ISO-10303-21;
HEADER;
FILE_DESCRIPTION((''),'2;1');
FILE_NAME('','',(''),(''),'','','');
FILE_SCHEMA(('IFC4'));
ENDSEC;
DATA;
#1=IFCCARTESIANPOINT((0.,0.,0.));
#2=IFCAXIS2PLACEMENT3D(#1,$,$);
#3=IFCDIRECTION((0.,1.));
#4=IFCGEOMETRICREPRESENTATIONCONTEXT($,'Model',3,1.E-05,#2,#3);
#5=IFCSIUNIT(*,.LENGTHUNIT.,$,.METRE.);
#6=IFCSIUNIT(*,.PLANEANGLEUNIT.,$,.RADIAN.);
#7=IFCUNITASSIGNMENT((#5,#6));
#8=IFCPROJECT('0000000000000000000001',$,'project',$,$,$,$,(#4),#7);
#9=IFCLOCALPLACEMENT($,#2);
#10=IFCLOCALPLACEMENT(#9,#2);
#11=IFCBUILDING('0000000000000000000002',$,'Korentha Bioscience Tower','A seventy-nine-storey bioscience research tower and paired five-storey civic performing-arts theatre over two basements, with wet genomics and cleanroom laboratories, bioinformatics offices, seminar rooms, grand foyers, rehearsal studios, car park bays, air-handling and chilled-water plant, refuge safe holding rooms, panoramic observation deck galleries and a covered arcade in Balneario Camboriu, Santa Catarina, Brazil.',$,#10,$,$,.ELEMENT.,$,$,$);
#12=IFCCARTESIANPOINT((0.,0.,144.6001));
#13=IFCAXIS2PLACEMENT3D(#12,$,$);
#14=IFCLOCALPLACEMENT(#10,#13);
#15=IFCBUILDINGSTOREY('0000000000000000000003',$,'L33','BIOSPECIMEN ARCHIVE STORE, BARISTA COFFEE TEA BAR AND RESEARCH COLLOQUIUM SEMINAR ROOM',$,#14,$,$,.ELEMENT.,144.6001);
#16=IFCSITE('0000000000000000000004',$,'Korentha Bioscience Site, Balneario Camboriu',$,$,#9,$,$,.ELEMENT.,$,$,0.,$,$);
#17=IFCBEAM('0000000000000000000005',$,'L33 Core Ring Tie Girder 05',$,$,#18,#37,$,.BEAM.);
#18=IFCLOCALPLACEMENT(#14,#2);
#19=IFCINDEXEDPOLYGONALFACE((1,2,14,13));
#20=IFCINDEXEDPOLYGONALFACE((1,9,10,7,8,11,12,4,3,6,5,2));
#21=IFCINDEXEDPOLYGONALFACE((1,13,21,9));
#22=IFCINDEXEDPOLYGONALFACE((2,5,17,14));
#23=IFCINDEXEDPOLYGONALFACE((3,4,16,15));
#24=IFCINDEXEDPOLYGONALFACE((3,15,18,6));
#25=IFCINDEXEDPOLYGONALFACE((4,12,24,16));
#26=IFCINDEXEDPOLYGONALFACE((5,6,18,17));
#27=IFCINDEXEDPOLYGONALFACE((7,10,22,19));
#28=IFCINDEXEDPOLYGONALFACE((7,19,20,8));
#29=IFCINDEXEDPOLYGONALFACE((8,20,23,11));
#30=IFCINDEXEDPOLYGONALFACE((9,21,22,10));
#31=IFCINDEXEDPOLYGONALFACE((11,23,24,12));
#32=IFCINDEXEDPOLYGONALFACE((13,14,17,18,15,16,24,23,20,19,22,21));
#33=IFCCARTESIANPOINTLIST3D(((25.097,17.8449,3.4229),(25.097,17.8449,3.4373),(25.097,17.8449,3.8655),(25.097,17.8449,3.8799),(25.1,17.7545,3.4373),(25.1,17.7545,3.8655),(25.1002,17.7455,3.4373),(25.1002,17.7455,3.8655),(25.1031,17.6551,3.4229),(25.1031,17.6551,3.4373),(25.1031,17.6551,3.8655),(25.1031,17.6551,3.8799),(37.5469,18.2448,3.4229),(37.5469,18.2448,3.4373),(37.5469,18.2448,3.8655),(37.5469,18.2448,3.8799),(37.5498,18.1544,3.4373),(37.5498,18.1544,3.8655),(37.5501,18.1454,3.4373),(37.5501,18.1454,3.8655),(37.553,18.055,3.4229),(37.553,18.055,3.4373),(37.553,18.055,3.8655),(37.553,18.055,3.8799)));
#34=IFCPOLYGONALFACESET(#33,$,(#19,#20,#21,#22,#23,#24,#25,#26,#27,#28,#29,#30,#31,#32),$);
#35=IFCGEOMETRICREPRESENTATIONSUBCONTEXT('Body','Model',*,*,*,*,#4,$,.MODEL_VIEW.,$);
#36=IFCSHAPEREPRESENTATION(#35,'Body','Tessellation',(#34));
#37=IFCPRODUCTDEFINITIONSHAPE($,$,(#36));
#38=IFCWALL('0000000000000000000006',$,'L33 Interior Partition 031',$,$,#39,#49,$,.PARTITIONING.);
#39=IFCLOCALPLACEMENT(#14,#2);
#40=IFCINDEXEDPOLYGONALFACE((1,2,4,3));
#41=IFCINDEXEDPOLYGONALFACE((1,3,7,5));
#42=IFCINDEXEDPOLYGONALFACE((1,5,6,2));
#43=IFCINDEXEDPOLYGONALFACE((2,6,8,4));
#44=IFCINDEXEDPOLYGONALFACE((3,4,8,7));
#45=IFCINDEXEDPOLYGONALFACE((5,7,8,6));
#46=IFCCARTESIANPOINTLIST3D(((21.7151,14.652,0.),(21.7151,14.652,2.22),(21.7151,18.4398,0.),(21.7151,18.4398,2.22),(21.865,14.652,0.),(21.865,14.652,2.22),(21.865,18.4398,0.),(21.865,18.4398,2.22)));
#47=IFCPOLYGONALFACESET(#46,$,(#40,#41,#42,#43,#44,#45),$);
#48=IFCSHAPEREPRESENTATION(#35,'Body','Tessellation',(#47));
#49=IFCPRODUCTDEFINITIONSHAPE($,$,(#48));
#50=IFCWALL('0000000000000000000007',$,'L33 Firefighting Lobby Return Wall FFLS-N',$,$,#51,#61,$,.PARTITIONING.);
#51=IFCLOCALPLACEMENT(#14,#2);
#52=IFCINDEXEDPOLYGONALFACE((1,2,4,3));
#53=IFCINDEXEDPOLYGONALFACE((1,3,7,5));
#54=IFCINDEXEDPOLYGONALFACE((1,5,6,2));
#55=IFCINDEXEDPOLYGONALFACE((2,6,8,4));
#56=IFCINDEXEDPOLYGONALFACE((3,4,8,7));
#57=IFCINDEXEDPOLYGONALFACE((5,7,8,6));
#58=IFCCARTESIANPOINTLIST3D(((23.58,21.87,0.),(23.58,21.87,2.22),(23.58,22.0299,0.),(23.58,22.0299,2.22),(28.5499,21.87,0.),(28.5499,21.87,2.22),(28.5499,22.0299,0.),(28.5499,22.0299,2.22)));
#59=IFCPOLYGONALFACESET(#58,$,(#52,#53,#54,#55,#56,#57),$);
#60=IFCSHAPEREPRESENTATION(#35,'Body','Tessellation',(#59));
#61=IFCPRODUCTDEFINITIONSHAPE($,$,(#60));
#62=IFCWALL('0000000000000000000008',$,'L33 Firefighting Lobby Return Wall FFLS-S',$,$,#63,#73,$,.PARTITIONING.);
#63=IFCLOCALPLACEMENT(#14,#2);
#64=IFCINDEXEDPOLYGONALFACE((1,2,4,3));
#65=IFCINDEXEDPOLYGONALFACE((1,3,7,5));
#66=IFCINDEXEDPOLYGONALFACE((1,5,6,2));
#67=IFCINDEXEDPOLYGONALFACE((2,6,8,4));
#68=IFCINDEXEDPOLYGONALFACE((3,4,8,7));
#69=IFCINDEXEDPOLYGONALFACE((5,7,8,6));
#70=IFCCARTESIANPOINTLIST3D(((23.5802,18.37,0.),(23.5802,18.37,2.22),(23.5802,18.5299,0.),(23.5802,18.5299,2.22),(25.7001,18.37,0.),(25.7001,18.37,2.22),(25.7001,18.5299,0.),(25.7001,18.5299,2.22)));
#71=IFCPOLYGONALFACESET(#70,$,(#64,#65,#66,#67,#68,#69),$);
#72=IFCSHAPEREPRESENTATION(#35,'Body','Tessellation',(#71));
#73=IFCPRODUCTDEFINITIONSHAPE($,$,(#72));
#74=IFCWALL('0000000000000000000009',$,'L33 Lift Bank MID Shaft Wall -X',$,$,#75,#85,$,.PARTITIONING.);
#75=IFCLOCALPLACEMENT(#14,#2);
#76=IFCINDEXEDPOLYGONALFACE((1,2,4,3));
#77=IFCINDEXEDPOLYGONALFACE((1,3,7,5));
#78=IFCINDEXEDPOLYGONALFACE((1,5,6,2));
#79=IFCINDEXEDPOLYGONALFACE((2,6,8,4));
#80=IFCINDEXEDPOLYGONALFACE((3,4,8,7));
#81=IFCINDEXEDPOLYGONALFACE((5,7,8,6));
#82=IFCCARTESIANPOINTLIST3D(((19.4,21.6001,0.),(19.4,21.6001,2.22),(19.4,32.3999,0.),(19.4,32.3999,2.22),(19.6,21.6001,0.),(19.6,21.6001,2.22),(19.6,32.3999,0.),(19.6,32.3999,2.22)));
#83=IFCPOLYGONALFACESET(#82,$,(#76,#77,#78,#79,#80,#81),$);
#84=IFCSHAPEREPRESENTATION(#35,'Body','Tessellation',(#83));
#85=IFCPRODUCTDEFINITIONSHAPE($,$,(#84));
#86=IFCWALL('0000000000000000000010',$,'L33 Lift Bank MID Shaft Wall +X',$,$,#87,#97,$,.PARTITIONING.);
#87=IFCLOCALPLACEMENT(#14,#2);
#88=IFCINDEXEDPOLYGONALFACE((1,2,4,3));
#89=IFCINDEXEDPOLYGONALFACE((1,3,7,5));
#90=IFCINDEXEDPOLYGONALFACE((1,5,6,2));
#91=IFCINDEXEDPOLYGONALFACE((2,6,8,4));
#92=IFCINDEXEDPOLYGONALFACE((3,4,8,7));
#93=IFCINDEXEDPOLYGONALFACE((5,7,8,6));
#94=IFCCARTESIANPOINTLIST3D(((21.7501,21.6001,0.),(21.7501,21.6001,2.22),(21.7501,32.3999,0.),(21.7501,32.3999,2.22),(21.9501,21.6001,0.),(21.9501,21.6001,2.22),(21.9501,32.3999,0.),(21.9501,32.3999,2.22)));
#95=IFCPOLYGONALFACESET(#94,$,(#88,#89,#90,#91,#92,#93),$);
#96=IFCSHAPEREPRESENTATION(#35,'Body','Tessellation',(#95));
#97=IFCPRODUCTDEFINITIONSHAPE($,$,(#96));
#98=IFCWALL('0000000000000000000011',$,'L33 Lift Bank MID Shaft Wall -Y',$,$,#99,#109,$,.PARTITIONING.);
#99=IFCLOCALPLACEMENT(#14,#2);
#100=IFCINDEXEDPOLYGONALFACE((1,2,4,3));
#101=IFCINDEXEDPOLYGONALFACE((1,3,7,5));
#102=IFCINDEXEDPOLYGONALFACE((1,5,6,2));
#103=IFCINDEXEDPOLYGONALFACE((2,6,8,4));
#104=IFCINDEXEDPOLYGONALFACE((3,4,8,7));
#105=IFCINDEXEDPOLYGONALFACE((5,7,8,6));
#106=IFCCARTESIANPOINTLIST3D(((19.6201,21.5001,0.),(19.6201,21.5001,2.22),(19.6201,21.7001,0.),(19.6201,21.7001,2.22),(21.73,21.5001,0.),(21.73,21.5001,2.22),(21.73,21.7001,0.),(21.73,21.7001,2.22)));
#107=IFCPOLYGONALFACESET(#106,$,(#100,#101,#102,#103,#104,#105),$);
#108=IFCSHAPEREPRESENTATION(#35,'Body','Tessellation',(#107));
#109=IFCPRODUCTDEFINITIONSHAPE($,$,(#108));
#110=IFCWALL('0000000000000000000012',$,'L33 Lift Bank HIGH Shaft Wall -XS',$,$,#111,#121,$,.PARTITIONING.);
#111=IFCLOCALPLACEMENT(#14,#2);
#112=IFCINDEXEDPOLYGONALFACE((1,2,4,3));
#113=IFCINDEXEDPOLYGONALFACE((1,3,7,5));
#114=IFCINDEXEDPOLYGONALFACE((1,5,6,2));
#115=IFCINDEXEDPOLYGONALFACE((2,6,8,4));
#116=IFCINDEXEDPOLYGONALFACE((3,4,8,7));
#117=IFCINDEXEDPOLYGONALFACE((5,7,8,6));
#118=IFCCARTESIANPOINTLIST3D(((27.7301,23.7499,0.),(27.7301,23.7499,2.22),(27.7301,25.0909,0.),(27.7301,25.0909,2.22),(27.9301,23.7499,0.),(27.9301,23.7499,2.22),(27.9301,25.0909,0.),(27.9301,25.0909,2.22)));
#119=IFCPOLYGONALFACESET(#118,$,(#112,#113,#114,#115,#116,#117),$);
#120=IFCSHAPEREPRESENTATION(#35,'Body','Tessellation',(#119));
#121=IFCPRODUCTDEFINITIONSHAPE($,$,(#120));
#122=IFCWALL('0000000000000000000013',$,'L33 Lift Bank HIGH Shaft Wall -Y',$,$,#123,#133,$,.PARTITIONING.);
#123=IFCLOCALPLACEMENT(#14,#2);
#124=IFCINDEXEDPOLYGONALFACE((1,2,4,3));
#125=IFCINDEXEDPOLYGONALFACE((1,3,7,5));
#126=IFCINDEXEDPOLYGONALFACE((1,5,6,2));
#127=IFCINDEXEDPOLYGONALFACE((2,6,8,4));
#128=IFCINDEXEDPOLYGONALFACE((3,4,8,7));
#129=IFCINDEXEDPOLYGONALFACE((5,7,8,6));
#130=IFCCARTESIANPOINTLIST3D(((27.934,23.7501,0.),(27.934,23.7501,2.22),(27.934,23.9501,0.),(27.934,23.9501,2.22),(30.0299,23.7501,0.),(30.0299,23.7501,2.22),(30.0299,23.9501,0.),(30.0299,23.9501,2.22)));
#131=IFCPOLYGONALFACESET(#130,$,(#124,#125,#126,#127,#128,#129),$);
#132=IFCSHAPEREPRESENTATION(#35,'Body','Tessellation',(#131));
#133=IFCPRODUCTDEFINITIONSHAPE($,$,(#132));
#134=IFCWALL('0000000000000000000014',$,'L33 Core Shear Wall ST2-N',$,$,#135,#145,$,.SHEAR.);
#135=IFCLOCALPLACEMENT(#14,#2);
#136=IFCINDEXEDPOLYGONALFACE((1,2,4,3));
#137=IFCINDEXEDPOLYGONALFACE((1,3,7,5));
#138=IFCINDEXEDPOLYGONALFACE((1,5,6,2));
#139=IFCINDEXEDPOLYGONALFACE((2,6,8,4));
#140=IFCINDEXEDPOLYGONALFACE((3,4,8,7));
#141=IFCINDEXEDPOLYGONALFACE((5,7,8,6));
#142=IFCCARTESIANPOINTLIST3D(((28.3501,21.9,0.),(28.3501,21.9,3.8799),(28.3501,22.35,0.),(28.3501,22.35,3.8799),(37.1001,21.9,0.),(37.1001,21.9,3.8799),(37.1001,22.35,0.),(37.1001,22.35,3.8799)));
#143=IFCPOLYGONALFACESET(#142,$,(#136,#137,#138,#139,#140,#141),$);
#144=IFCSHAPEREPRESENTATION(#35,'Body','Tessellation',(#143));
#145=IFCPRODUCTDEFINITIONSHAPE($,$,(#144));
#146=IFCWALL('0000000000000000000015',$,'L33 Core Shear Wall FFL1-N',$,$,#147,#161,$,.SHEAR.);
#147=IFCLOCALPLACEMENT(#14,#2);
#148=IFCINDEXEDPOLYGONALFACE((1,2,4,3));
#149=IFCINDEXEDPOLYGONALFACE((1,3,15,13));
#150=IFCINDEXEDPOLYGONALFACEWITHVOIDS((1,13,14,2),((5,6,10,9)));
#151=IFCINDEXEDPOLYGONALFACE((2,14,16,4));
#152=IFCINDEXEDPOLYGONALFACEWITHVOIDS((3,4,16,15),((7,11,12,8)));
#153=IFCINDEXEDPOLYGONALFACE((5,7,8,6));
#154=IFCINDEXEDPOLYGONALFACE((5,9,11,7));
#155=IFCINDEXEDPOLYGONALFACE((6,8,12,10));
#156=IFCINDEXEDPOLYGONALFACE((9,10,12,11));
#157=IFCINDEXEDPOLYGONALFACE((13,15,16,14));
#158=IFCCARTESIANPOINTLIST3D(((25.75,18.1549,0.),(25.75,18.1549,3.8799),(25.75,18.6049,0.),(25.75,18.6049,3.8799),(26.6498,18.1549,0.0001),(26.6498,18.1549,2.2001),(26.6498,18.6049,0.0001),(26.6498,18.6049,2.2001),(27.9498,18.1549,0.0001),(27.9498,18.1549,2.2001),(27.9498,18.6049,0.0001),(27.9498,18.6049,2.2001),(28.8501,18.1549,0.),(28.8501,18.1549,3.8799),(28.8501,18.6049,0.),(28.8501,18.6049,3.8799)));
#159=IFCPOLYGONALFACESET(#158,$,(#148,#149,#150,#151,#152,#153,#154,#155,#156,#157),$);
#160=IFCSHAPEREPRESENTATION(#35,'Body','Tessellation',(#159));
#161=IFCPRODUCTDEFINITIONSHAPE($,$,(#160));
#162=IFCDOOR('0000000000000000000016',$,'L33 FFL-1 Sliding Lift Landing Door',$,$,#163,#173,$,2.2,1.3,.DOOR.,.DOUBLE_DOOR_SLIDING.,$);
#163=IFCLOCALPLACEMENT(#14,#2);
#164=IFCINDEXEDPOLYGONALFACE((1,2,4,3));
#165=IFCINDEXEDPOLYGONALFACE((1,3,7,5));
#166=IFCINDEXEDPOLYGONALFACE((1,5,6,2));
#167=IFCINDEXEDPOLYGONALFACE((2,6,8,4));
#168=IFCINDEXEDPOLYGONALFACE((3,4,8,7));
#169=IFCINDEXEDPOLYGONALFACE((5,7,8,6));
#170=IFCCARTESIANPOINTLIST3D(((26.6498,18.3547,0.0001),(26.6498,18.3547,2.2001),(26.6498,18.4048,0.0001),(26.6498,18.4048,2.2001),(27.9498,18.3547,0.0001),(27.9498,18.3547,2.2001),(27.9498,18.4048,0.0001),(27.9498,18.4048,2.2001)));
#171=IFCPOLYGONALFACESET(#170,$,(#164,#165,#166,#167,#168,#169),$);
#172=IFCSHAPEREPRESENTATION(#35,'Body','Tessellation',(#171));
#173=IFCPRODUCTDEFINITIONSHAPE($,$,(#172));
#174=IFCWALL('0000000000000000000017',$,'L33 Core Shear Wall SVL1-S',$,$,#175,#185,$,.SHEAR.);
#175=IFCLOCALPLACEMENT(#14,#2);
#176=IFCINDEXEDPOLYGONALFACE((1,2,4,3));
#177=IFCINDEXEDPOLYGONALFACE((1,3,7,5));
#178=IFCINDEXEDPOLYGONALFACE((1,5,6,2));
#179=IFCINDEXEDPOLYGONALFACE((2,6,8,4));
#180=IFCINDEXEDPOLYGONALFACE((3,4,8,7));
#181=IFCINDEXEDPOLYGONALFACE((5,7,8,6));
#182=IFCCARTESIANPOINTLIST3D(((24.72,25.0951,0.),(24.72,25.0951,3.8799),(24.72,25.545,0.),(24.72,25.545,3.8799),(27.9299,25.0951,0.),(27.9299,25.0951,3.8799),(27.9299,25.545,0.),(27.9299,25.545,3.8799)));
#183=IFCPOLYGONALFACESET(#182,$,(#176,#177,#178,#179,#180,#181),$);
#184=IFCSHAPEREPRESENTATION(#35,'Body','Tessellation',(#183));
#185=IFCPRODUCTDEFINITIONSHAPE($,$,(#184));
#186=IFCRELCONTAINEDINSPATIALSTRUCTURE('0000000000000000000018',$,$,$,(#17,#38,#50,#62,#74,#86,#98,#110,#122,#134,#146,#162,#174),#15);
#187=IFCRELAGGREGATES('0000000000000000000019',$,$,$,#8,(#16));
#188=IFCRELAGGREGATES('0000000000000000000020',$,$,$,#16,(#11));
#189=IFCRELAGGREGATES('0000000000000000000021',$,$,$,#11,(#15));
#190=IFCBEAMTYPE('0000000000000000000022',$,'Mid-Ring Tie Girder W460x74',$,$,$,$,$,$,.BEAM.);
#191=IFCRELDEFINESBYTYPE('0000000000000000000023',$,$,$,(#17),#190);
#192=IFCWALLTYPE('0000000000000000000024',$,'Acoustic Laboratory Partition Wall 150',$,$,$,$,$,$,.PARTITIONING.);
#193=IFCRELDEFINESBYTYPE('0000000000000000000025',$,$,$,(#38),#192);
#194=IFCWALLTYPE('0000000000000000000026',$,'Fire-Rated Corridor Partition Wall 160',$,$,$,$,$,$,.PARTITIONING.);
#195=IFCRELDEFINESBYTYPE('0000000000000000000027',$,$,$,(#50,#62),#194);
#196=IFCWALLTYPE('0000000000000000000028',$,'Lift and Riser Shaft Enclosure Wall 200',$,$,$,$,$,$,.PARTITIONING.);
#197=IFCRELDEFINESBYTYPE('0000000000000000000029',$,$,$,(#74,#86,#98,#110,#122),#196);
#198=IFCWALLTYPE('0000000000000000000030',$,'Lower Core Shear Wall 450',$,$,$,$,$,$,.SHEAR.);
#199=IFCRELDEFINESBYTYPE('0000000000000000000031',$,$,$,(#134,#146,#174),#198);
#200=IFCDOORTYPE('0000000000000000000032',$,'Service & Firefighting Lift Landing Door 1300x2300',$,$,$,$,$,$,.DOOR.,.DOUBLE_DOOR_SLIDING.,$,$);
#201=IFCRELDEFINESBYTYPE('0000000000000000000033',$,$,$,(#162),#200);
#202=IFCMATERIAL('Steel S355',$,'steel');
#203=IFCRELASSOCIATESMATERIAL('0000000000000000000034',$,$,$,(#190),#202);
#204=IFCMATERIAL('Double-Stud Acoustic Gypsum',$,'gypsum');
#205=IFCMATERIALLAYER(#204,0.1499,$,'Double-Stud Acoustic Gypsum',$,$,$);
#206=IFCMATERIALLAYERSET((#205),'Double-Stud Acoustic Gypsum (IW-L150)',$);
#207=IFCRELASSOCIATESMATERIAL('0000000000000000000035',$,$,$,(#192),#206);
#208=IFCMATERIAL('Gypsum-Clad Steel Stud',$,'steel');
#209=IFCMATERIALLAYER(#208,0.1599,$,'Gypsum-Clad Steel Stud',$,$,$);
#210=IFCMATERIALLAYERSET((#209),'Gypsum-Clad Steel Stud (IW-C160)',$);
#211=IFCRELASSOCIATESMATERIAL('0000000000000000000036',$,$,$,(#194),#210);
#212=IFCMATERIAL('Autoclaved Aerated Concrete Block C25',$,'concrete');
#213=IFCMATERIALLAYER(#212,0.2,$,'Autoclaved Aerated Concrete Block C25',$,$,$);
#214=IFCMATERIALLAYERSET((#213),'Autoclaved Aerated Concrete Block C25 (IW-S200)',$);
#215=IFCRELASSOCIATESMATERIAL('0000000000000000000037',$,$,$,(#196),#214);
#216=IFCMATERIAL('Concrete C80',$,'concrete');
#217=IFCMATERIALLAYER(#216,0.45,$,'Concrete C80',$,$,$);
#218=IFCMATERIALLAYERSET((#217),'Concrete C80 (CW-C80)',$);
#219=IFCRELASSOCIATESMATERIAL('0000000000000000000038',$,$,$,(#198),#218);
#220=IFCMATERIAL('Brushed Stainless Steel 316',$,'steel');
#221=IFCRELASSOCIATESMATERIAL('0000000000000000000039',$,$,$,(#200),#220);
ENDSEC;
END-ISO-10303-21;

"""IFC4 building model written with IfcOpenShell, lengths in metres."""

from ifc_helpers import new_model, si_unit, direction, frame, frame_2d, origin, origin_2d, place, context, subcontext, project, spatial, rectangle, i_section, extrude, material, layer, layer_set, material_profile, profile_set, type_object, element, fill, save


model = new_model("IFC4")

# Units and contexts
model_context = context("Model", 3, precision=1e-05, world=origin(), true_north=direction((0.0, 1.0)))
body_context = subcontext(model_context, "Body", "Model", "MODEL_VIEW")
ifc_project = project(units=[si_unit("LENGTHUNIT", "METRE"), si_unit("PLANEANGLEUNIT", "RADIAN")], contexts=[model_context])

# Site, building, storey
site_placement = place(None, origin())
site = spatial("IfcSite", under=ifc_project, at=site_placement, Name="Korentha Bioscience Site, Balneario Camboriu", CompositionType="ELEMENT", RefElevation=0.0)
building_placement = place(site_placement, origin())
building = spatial("IfcBuilding", under=site, at=building_placement, Name="Korentha Bioscience Tower", Description="A seventy-nine-storey bioscience research tower and paired five-storey civic performing-arts theatre over two basements, with wet genomics and cleanroom laboratories, bioinformatics offices, seminar rooms, grand foyers, rehearsal studios, car park bays, air-handling and chilled-water plant, refuge safe holding rooms, panoramic observation deck galleries and a covered arcade in Balneario Camboriu, Santa Catarina, Brazil.", CompositionType="ELEMENT")
storey_placement = place(building_placement, frame((0.0, 0.0, 144.6001)))
storey = spatial("IfcBuildingStorey", under=building, at=storey_placement, Name="L33", Description="BIOSPECIMEN ARCHIVE STORE, BARISTA COFFEE TEA BAR AND RESEARCH COLLOQUIUM SEMINAR ROOM", CompositionType="ELEMENT", Elevation=144.6001)

# Shared definitions
ifc_material_1 = material(Name="Concrete C80", Category="concrete")

# Beam
ifc_material_2 = material(Name="Steel S355", Category="steel")
ifc_material_profile_1 = material_profile(ifc_material_2, i_section(OverallWidth=0.1899, OverallDepth=0.457, WebThickness=0.009, FlangeThickness=0.0144, at=origin_2d()), Name="Steel S355")
ifc_profile_set_1 = profile_set([ifc_material_profile_1], Name="Steel S355 (MB-460)")
beam_type_1 = type_object("IfcBeamType", Name="Mid-Ring Tie Girder W460x74", PredefinedType="BEAM", material=ifc_profile_set_1)
beam_1_placement = place(storey_placement, frame((25.1001, 17.75, 3.6514), z_axis=(0.999485, 0.032104, 0.0), x_axis=(-0.032104, 0.999485, 0.0)))
element("IfcBeam", 1, at=beam_1_placement, inside=storey, type_object=beam_type_1, Name="L33 Core Ring Tie Girder 05", PredefinedType="BEAM", context=body_context, shape_type="SweptSolid", body=[
    extrude(i_section(OverallWidth=0.1899, OverallDepth=0.457, WebThickness=0.009, FlangeThickness=0.0144, at=origin_2d()), origin(), (0.0, 0.0, 1.0), 12.4563),
])

# Wall
ifc_material_3 = material(Name="Double-Stud Acoustic Gypsum", Category="gypsum")
ifc_layer_1 = layer(ifc_material_3, 0.1499, Name="Double-Stud Acoustic Gypsum")
ifc_layer_set_1 = layer_set([ifc_layer_1], Name="Double-Stud Acoustic Gypsum (IW-L150)")
wall_type_1 = type_object("IfcWallType", Name="Acoustic Laboratory Partition Wall 150", PredefinedType="PARTITIONING", material=ifc_layer_set_1)
wall_1_placement = place(storey_placement, frame((21.79, 18.4399, 0.0), z_axis=(0.0, 0.0, 1.0), x_axis=(0.0, -1.0, 0.0)))
element("IfcWall", 2, at=wall_1_placement, inside=storey, type_object=wall_type_1, Name="L33 Interior Partition 031", PredefinedType="PARTITIONING", context=body_context, shape_type="SweptSolid", body=[
    extrude(rectangle(XDim=3.7878, YDim=0.1499, at=frame_2d((1.894, 0.0))), origin(), (0.0, 0.0, 1.0), 2.22),
])

# Shared definitions
ifc_material_4 = material(Name="Gypsum-Clad Steel Stud", Category="steel")
ifc_layer_2 = layer(ifc_material_4, 0.1599, Name="Gypsum-Clad Steel Stud")
ifc_layer_set_2 = layer_set([ifc_layer_2], Name="Gypsum-Clad Steel Stud (IW-C160)")
wall_type_2 = type_object("IfcWallType", Name="Fire-Rated Corridor Partition Wall 160", PredefinedType="PARTITIONING", material=ifc_layer_set_2)

# Walls
wall_2_placement = place(storey_placement, frame((23.5801, 21.95, 0.0), z_axis=(0.0, 0.0, 1.0), x_axis=(1.0, 0.0, 0.0)))
element("IfcWall", 3, at=wall_2_placement, inside=storey, type_object=wall_type_2, Name="L33 Firefighting Lobby Return Wall FFLS-N", PredefinedType="PARTITIONING", context=body_context, shape_type="SweptSolid", body=[
    extrude(rectangle(XDim=4.97, YDim=0.1599, at=frame_2d((2.4849, 0.0))), origin(), (0.0, 0.0, 1.0), 2.22),
])
wall_3_placement = place(storey_placement, frame((23.5801, 18.45, 0.0), z_axis=(0.0, 0.0, 1.0), x_axis=(1.0, 0.0, 0.0)))
element("IfcWall", 4, at=wall_3_placement, inside=storey, type_object=wall_type_2, Name="L33 Firefighting Lobby Return Wall FFLS-S", PredefinedType="PARTITIONING", context=body_context, shape_type="SweptSolid", body=[
    extrude(rectangle(XDim=2.1199, YDim=0.1599, at=frame_2d((1.0601, 0.0))), origin(), (0.0, 0.0, 1.0), 2.22),
])
ifc_material_5 = material(Name="Autoclaved Aerated Concrete Block C25", Category="concrete")
ifc_layer_3 = layer(ifc_material_5, 0.2, Name="Autoclaved Aerated Concrete Block C25")
ifc_layer_set_3 = layer_set([ifc_layer_3], Name="Autoclaved Aerated Concrete Block C25 (IW-S200)")
wall_type_3 = type_object("IfcWallType", Name="Lift and Riser Shaft Enclosure Wall 200", PredefinedType="PARTITIONING", material=ifc_layer_set_3)
for number, where, z_axis, x_axis, name in (
    (5, (19.5, 21.6001, 0.0), (0.0, 0.0, 1.0), (0.0, 1.0, 0.0), "L33 Lift Bank MID Shaft Wall -X"),
    (6, (21.8501, 21.6001, 0.0), (0.0, 0.0, 1.0), (0.0, 1.0, 0.0), "L33 Lift Bank MID Shaft Wall +X"),
):
    element("IfcWall", number, at=place(storey_placement, frame(where, z_axis=z_axis, x_axis=x_axis)), inside=storey, type_object=wall_type_3, Name=name, PredefinedType="PARTITIONING", context=body_context, shape_type="SweptSolid", body=[
        extrude(rectangle(XDim=10.7998, YDim=0.2, at=frame_2d((5.3999, 0.0))), origin(), (0.0, 0.0, 1.0), 2.22),
    ])
wall_4_placement = place(storey_placement, frame((19.6201, 21.6001, 0.0), z_axis=(0.0, 0.0, 1.0), x_axis=(1.0, 0.0, 0.0)))
element("IfcWall", 7, at=wall_4_placement, inside=storey, type_object=wall_type_3, Name="L33 Lift Bank MID Shaft Wall -Y", PredefinedType="PARTITIONING", context=body_context, shape_type="SweptSolid", body=[
    extrude(rectangle(XDim=2.1099, YDim=0.2, at=frame_2d((1.0549, 0.0))), origin(), (0.0, 0.0, 1.0), 2.22),
])
wall_5_placement = place(storey_placement, frame((27.8301, 23.75, 0.0), z_axis=(0.0, 0.0, 1.0), x_axis=(0.0, 1.0, 0.0)))
element("IfcWall", 8, at=wall_5_placement, inside=storey, type_object=wall_type_3, Name="L33 Lift Bank HIGH Shaft Wall -XS", PredefinedType="PARTITIONING", context=body_context, shape_type="SweptSolid", body=[
    extrude(rectangle(XDim=1.3411, YDim=0.2, at=frame_2d((0.6704, 0.0))), origin(), (0.0, 0.0, 1.0), 2.22),
])
wall_6_placement = place(storey_placement, frame((27.9341, 23.8501, 0.0), z_axis=(0.0, 0.0, 1.0), x_axis=(1.0, 0.0, 0.0)))
element("IfcWall", 9, at=wall_6_placement, inside=storey, type_object=wall_type_3, Name="L33 Lift Bank HIGH Shaft Wall -Y", PredefinedType="PARTITIONING", context=body_context, shape_type="SweptSolid", body=[
    extrude(rectangle(XDim=2.0959, YDim=0.2, at=frame_2d((1.0479, 0.0))), origin(), (0.0, 0.0, 1.0), 2.22),
])
ifc_layer_4 = layer(ifc_material_1, 0.45, Name="Concrete C80")
ifc_layer_set_4 = layer_set([ifc_layer_4], Name="Concrete C80 (CW-C80)")
wall_type_4 = type_object("IfcWallType", Name="Lower Core Shear Wall 450", PredefinedType="SHEAR", material=ifc_layer_set_4)
wall_7_placement = place(storey_placement, frame((28.3501, 22.125, 0.0), z_axis=(0.0, 0.0, 1.0), x_axis=(1.0, 0.0, 0.0)))
element("IfcWall", 10, at=wall_7_placement, inside=storey, type_object=wall_type_4, Name="L33 Core Shear Wall ST2-N", PredefinedType="SHEAR", context=body_context, shape_type="SweptSolid", body=[
    extrude(rectangle(XDim=8.75, YDim=0.45, at=frame_2d((4.375, 0.0))), origin(), (0.0, 0.0, 1.0), 3.8799),
])

# Wall, opening, door
wall_8_placement = place(storey_placement, frame((25.75, 18.3799, 0.0), z_axis=(0.0, 0.0, 1.0), x_axis=(1.0, 0.0, 0.0)))
wall_8 = element("IfcWall", 11, at=wall_8_placement, inside=storey, type_object=wall_type_4, Name="L33 Core Shear Wall FFL1-N", PredefinedType="SHEAR", context=body_context, shape_type="SweptSolid", body=[
    extrude(rectangle(XDim=3.1001, YDim=0.45, at=frame_2d((1.55, 0.0))), origin(), (0.0, 0.0, 1.0), 3.8799),
])
opening_1_placement = place(wall_8_placement, frame((0.8999, 0.0, 0.0)))
opening_1 = element("IfcOpeningElement", 12, at=opening_1_placement, cuts=wall_8, PredefinedType="OPENING", context=body_context, shape_type="SweptSolid", body=[
    extrude(rectangle(XDim=1.3, YDim=2.2, at=frame_2d((0.6499, 1.1001))), frame((0.0, 0.2397, 0.0), z_axis=(0.0, -1.0, 0.0), x_axis=(1.0, 0.0, 0.0)), (0.0, 0.0, 1.0), 0.4797),
])
ifc_material_6 = material(Name="Brushed Stainless Steel 316", Category="steel")
door_type_1 = type_object("IfcDoorType", Name="Service & Firefighting Lift Landing Door 1300x2300", OperationType="DOUBLE_DOOR_SLIDING", PredefinedType="DOOR", material=ifc_material_6)
door_1_placement = place(opening_1_placement, origin())
door_1 = element("IfcDoor", 13, at=door_1_placement, inside=storey, type_object=door_type_1, Name="L33 FFL-1 Sliding Lift Landing Door", OperationType="DOUBLE_DOOR_SLIDING", OverallHeight=2.2, OverallWidth=1.3, PredefinedType="DOOR", context=body_context, shape_type="SweptSolid", body=[
    extrude(rectangle(XDim=1.3, YDim=2.2, at=frame_2d((0.6499, 1.1001))), frame((0.0, 0.0249, 0.0), z_axis=(0.0, -1.0, 0.0), x_axis=(1.0, 0.0, 0.0)), (0.0, 0.0, 1.0), 0.05),
])
fill(opening_1, door_1)

# Wall
wall_9_placement = place(storey_placement, frame((24.72, 25.3201, 0.0), z_axis=(0.0, 0.0, 1.0), x_axis=(1.0, 0.0, 0.0)))
element("IfcWall", 14, at=wall_9_placement, inside=storey, type_object=wall_type_4, Name="L33 Core Shear Wall SVL1-S", PredefinedType="SHEAR", context=body_context, shape_type="SweptSolid", body=[
    extrude(rectangle(XDim=3.21, YDim=0.45, at=frame_2d((1.605, 0.0))), origin(), (0.0, 0.0, 1.0), 3.8799),
])

save(model, "model.ifc")
